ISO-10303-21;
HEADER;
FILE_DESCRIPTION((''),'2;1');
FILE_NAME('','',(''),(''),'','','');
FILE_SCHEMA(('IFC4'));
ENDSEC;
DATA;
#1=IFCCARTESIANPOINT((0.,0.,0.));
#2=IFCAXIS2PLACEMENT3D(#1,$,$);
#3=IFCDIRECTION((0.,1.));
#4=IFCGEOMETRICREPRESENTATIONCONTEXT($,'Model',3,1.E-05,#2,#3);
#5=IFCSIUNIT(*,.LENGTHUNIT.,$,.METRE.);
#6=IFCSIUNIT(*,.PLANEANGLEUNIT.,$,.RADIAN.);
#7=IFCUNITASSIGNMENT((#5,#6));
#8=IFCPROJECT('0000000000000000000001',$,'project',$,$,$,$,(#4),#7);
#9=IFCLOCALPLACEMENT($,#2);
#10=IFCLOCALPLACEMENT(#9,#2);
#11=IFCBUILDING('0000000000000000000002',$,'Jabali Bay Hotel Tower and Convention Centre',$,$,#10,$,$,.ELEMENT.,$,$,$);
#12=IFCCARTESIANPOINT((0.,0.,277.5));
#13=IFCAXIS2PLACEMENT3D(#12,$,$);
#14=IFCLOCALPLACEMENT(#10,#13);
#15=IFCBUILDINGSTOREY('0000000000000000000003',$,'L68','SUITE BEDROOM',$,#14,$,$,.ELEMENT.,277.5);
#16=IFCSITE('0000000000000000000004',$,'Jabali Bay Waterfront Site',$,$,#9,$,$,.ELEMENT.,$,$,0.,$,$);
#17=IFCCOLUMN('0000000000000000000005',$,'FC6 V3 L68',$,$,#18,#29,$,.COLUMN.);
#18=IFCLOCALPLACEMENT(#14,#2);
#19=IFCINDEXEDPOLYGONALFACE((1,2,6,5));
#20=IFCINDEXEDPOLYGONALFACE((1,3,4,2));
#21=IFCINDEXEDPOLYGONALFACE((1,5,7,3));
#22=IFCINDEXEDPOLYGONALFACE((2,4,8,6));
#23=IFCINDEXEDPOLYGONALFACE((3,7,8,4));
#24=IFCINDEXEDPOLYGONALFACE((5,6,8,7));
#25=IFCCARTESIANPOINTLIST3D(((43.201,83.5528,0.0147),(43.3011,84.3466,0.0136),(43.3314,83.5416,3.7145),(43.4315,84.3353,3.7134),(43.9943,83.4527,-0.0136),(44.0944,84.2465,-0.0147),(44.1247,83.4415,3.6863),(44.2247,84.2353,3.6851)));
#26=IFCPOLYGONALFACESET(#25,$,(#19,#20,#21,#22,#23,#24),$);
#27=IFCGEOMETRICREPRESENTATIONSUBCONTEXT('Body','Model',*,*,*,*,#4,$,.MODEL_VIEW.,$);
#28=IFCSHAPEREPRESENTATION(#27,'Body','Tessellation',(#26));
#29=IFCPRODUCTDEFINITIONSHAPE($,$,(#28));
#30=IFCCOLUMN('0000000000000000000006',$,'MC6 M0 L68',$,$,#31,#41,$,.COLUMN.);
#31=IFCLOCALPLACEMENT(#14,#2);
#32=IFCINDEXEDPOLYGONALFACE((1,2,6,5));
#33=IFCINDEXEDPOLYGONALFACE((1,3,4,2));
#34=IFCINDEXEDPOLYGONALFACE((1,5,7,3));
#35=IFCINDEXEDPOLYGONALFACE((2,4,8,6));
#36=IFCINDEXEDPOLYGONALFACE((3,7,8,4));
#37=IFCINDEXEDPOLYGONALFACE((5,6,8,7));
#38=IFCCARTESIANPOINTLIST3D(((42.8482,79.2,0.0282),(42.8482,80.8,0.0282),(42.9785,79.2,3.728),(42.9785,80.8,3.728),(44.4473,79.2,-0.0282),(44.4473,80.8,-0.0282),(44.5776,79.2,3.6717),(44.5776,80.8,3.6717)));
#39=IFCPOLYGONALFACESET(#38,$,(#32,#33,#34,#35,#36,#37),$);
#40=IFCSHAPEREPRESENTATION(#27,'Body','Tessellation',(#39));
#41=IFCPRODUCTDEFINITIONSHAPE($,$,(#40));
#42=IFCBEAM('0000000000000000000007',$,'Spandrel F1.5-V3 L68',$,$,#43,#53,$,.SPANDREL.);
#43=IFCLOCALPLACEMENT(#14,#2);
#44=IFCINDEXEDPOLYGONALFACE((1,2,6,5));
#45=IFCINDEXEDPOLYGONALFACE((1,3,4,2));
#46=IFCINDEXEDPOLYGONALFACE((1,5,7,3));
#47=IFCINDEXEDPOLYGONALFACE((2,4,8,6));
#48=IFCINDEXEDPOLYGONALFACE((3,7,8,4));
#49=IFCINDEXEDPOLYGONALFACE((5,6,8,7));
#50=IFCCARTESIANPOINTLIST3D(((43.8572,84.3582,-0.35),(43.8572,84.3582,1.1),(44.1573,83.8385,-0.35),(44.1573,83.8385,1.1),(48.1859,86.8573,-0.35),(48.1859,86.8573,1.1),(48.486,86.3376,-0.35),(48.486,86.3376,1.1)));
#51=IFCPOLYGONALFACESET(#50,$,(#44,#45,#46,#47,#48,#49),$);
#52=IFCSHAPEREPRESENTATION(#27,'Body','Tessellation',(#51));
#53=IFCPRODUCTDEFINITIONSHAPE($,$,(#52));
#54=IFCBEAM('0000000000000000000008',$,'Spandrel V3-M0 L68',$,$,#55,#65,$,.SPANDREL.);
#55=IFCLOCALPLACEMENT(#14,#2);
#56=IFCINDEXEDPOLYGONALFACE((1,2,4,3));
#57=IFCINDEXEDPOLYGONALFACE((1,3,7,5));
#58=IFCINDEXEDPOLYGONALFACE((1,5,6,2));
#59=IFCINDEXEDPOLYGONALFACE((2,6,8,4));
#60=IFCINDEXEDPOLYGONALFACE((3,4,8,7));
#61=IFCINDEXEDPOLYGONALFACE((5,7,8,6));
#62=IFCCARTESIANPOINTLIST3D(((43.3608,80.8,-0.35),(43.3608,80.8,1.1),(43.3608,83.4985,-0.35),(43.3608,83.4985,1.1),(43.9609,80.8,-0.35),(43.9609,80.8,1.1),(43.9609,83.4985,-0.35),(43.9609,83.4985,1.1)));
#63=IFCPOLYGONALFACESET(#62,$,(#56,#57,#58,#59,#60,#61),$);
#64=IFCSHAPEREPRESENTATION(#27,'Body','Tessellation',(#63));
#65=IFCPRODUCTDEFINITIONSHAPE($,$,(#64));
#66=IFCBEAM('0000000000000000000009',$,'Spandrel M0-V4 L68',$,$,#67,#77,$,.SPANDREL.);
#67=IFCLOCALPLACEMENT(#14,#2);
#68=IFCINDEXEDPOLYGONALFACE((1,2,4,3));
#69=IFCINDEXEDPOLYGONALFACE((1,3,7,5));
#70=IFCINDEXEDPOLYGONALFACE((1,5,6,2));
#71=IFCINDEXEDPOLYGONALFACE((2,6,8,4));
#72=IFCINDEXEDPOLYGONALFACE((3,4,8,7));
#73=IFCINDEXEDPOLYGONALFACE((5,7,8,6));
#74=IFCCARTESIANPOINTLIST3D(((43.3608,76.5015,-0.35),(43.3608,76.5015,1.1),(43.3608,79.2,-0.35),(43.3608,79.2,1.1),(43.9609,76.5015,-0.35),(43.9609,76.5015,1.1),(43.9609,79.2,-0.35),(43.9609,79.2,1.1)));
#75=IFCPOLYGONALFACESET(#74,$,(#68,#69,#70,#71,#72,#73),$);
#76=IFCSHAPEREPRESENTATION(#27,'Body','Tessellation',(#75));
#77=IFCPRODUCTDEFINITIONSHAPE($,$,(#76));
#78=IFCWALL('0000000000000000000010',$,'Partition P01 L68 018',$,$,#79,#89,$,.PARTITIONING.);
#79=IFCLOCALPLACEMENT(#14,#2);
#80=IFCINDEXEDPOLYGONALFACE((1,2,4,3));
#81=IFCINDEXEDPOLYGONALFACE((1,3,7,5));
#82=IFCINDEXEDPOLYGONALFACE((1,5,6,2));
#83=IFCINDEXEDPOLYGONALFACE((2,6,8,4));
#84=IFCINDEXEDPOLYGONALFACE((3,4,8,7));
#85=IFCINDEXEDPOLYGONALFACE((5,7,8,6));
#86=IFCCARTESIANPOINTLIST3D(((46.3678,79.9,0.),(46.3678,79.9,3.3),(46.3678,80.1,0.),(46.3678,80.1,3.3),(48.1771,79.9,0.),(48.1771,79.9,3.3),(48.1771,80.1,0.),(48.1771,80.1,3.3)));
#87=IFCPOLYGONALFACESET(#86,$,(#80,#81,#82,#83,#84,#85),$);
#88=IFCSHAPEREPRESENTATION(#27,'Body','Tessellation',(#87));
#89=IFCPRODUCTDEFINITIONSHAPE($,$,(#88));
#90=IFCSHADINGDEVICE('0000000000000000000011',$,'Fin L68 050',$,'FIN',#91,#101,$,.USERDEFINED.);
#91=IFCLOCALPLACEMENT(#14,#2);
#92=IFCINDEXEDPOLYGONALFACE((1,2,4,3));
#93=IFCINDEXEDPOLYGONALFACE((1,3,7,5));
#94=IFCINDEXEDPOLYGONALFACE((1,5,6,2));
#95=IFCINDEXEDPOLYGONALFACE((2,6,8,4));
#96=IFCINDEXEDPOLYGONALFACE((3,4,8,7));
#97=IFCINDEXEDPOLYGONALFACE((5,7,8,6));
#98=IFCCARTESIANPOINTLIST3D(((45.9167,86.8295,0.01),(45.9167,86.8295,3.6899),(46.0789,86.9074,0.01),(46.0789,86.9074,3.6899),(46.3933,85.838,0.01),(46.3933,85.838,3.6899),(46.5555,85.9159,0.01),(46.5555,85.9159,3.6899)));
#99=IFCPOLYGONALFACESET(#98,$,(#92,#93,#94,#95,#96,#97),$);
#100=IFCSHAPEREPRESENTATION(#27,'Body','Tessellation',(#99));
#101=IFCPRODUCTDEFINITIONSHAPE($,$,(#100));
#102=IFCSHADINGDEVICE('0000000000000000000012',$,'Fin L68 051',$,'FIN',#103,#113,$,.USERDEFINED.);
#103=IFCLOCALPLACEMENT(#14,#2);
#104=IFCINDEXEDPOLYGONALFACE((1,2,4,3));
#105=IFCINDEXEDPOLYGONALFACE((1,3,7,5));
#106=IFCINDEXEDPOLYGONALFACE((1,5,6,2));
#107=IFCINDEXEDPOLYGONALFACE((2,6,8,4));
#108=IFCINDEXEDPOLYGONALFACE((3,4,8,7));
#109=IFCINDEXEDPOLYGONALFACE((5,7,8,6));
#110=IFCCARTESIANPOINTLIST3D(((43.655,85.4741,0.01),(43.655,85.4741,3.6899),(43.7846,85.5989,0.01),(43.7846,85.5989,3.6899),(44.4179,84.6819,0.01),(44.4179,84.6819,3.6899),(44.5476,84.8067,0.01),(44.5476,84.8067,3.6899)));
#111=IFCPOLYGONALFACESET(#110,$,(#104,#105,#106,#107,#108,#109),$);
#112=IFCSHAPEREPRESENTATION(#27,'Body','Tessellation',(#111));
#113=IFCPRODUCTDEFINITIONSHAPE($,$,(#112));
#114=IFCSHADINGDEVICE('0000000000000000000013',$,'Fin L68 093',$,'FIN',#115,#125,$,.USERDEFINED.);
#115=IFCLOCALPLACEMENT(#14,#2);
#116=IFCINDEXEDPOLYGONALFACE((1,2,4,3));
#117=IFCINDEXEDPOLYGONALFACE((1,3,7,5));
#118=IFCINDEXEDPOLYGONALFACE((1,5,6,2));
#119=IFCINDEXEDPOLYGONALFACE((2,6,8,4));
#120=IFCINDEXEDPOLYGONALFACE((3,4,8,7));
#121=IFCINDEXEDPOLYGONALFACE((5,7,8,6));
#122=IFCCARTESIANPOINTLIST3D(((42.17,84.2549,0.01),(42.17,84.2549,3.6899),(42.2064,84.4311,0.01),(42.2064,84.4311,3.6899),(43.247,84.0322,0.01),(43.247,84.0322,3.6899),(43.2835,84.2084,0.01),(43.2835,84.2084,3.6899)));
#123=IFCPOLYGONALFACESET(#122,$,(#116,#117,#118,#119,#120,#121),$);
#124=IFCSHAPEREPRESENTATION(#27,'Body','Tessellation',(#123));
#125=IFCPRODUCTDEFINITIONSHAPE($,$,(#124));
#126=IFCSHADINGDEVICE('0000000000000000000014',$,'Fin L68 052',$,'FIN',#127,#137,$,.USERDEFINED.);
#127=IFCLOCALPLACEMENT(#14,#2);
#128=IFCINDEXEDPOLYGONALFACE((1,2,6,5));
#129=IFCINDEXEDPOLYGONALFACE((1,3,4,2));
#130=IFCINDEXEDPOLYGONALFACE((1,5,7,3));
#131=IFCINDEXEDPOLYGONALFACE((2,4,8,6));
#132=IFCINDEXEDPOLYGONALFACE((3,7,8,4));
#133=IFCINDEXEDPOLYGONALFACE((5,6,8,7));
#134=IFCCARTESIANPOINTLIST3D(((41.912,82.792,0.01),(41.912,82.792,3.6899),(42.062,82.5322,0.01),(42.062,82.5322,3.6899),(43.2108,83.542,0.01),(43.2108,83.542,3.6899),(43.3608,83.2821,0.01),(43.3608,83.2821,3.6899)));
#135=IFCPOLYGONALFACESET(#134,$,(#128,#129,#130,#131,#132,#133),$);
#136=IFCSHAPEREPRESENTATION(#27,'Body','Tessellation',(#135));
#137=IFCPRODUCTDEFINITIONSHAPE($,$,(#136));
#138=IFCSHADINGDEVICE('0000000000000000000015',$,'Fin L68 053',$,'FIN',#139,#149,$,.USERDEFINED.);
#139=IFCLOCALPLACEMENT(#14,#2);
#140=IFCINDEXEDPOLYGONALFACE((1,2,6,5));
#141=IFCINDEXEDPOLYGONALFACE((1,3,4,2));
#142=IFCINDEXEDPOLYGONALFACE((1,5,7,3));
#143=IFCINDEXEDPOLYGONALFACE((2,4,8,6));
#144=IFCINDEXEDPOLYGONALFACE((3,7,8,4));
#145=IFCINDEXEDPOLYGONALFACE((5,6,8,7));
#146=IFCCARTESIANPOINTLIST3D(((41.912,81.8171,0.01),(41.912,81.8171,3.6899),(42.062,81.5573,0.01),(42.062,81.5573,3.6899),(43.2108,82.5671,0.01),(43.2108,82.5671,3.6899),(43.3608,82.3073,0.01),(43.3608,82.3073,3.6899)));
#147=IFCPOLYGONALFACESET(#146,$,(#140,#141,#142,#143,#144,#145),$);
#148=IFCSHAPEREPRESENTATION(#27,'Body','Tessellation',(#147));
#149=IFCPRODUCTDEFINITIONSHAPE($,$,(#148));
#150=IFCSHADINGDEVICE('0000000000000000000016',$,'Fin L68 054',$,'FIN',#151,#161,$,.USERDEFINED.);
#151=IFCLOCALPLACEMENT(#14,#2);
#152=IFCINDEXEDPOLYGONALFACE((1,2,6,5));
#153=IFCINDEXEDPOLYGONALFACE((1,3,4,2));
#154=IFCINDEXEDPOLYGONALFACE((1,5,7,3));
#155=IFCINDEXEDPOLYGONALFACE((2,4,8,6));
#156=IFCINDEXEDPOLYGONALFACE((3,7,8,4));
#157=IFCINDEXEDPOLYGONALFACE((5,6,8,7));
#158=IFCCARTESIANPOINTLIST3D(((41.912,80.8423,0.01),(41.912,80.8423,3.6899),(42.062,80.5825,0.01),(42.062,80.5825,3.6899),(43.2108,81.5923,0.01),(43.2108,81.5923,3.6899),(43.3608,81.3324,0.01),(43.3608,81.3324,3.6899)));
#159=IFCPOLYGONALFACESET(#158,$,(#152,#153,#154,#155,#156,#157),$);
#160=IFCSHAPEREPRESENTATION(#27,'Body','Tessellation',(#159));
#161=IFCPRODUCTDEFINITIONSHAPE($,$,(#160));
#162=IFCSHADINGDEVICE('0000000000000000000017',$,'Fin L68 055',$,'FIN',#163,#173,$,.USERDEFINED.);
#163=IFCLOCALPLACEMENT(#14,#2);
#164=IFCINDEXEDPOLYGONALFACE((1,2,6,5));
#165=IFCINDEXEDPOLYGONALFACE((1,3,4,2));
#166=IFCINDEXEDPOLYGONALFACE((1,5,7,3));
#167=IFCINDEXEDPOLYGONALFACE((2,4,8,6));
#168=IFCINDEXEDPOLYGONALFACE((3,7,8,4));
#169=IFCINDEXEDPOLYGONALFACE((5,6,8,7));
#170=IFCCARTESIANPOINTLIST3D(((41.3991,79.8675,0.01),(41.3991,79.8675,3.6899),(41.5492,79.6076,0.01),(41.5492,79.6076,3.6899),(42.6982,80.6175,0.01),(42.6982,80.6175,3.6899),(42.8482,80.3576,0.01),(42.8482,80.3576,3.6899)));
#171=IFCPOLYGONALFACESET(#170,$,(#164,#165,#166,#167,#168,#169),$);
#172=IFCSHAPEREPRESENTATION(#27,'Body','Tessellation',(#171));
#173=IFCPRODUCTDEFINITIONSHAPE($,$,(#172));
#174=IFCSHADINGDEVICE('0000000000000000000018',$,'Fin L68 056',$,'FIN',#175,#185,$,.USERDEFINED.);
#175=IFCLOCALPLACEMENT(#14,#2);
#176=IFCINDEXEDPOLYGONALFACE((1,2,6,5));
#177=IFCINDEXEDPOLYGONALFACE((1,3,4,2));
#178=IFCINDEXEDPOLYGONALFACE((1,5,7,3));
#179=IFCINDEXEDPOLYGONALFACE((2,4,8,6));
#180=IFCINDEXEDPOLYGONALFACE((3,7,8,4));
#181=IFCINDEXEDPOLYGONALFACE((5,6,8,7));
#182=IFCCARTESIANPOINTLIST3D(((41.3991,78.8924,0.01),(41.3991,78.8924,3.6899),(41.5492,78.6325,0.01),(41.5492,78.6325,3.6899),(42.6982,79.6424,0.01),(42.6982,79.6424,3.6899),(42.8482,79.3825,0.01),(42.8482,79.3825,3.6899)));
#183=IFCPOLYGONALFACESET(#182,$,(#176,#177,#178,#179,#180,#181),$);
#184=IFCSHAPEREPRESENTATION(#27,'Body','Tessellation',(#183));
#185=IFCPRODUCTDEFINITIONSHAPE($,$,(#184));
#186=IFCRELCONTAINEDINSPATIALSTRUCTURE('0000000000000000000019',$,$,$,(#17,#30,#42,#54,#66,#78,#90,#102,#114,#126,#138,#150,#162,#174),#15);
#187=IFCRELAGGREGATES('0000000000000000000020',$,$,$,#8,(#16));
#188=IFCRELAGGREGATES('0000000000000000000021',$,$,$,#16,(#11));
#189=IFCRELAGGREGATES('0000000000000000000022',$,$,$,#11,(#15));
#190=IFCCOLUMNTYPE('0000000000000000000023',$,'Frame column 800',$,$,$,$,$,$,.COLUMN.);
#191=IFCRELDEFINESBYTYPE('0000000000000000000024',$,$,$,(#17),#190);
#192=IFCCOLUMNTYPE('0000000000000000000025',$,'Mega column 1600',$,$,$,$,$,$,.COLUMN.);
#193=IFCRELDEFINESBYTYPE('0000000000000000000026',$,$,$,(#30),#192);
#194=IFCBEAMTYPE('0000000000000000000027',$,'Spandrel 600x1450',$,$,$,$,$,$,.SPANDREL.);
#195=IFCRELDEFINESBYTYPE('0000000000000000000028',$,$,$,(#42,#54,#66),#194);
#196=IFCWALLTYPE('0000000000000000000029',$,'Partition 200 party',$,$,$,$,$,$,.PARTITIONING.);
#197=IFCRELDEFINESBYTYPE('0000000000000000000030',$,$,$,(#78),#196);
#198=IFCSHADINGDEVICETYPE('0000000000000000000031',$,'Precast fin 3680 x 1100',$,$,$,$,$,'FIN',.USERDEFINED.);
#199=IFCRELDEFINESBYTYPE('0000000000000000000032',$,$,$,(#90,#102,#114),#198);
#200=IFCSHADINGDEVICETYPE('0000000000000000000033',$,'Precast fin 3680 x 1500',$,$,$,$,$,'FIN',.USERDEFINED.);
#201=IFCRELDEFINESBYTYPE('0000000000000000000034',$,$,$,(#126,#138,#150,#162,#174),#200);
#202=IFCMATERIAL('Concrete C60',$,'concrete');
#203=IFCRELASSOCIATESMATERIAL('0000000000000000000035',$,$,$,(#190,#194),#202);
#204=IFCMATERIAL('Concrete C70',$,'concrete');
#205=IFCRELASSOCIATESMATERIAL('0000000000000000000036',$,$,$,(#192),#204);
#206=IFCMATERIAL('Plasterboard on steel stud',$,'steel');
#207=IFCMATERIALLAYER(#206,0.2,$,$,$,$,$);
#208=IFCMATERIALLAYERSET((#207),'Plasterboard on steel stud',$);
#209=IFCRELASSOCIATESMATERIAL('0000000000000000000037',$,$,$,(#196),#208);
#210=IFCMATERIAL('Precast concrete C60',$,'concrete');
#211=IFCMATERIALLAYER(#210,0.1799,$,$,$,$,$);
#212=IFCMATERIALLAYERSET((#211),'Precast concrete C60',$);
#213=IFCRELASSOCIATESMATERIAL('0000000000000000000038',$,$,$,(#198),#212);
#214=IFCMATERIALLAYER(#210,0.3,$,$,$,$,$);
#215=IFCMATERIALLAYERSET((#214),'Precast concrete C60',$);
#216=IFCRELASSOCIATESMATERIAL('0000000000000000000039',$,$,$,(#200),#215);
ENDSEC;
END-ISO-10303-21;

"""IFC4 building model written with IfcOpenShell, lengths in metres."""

from ifc_helpers import new_model, si_unit, direction, frame, frame_2d, origin, origin_2d, place, context, subcontext, project, spatial, rectangle, extrude, material, layer, layer_set, material_profile, profile_set, type_object, element, save


model = new_model("IFC4")

# Units and contexts
model_context = context("Model", 3, precision=1e-05, world=origin(), true_north=direction((0.0, 1.0)))
body_context = subcontext(model_context, "Body", "Model", "MODEL_VIEW")
ifc_project = project(units=[si_unit("LENGTHUNIT", "METRE"), si_unit("PLANEANGLEUNIT", "RADIAN")], contexts=[model_context])

# Site, building, storey
site_placement = place(None, origin())
site = spatial("IfcSite", under=ifc_project, at=site_placement, Name="Jabali Bay Waterfront Site", CompositionType="ELEMENT", RefElevation=0.0)
building_placement = place(site_placement, origin())
building = spatial("IfcBuilding", under=site, at=building_placement, Name="Jabali Bay Hotel Tower and Convention Centre", CompositionType="ELEMENT")
storey_placement = place(building_placement, frame((0.0, 0.0, 277.5)))
storey = spatial("IfcBuildingStorey", under=building, at=storey_placement, Name="L68", Description="SUITE BEDROOM", CompositionType="ELEMENT", Elevation=277.5)

# Columns
ifc_material_1 = material(Name="Concrete C60", Category="concrete")
ifc_material_profile_1 = material_profile(ifc_material_1, rectangle(XDim=0.8, YDim=0.8, at=origin_2d()), Name="Frame column 800")
ifc_profile_set_1 = profile_set([ifc_material_profile_1], Name="Concrete C60")
column_type_1 = type_object("IfcColumnType", Name="Frame column 800", PredefinedType="COLUMN", material=ifc_profile_set_1)
column_1_placement = place(storey_placement, frame((43.6477, 83.8997, 0.0), z_axis=(0.035214, -0.003033, 0.999375), x_axis=(-0.99152, 0.125064, 0.035317)))
element("IfcColumn", 1, at=column_1_placement, inside=storey, type_object=column_type_1, Name="FC6 V3 L68", PredefinedType="COLUMN", context=body_context, shape_type="SweptSolid", body=[
    extrude(rectangle(XDim=0.8, YDim=0.8, at=origin_2d()), origin(), (0.0, 0.0, 1.0), 3.7021),
])
ifc_material_2 = material(Name="Concrete C70", Category="concrete")
ifc_material_profile_2 = material_profile(ifc_material_2, rectangle(XDim=1.6001, YDim=1.6001, at=origin_2d()), Name="Mega column 1600")
ifc_profile_set_2 = profile_set([ifc_material_profile_2], Name="Concrete C70")
column_type_2 = type_object("IfcColumnType", Name="Mega column 1600", PredefinedType="COLUMN", material=ifc_profile_set_2)
column_2_placement = place(storey_placement, frame((43.6477, 80.0, 0.0), z_axis=(0.035214, 0.0, 0.99938), x_axis=(0.0, 1.0, 0.0)))
element("IfcColumn", 2, at=column_2_placement, inside=storey, type_object=column_type_2, Name="MC6 M0 L68", PredefinedType="COLUMN", context=body_context, shape_type="SweptSolid", body=[
    extrude(rectangle(XDim=1.6001, YDim=1.6001, at=origin_2d()), origin(), (0.0, 0.0, 1.0), 3.7021),
])

# Beams
ifc_material_profile_3 = material_profile(ifc_material_1, rectangle(XDim=0.6001, YDim=1.45, at=origin_2d()), Name="Spandrel 600x1450")
ifc_profile_set_3 = profile_set([ifc_material_profile_3], Name="Concrete C60")
beam_type = type_object("IfcBeamType", Name="Spandrel 600x1450", PredefinedType="SPANDREL", material=ifc_profile_set_3)
beam_placement = place(storey_placement, frame((48.3359, 86.5974, 0.375), z_axis=(-0.866034, -0.499985, 0.0), x_axis=(0.499985, -0.866034, 0.0)))
element("IfcBeam", 3, at=beam_placement, inside=storey, type_object=beam_type, Name="Spandrel F1.5-V3 L68", PredefinedType="SPANDREL", context=body_context, shape_type="SweptSolid", body=[
    extrude(rectangle(XDim=0.6001, YDim=1.45, at=origin_2d()), origin(), (0.0, 0.0, 1.0), 4.9983),
])
for number, where, z_axis, x_axis, name in (
    (4, (43.6609, 83.4985, 0.375), (0.0, -1.0, 0.0), (1.0, 0.0, 0.0), "Spandrel V3-M0 L68"),
    (5, (43.6609, 79.2, 0.375), (0.0, -1.0, 0.0), (1.0, 0.0, 0.0), "Spandrel M0-V4 L68"),
):
    element("IfcBeam", number, at=place(storey_placement, frame(where, z_axis=z_axis, x_axis=x_axis)), inside=storey, type_object=beam_type, Name=name, PredefinedType="SPANDREL", context=body_context, shape_type="SweptSolid", body=[
        extrude(rectangle(XDim=0.6001, YDim=1.45, at=origin_2d()), origin(), (0.0, 0.0, 1.0), 2.6985),
    ])

# Wall
ifc_material_3 = material(Name="Plasterboard on steel stud", Category="steel")
ifc_layer_1 = layer(ifc_material_3, 0.2)
ifc_layer_set_1 = layer_set([ifc_layer_1], Name="Plasterboard on steel stud")
wall_type_1 = type_object("IfcWallType", Name="Partition 200 party", PredefinedType="PARTITIONING", material=ifc_layer_set_1)
wall_1_placement = place(storey_placement, frame((46.3677, 80.0, 0.0), z_axis=(0.0, 0.0, 1.0), x_axis=(1.0, 0.0, 0.0)))
element("IfcWall", 6, at=wall_1_placement, inside=storey, type_object=wall_type_1, Name="Partition P01 L68 018", PredefinedType="PARTITIONING", context=body_context, shape_type="SweptSolid", body=[
    extrude(rectangle(XDim=1.8093, YDim=0.2, at=frame_2d((0.9048, 0.0))), origin(), (0.0, 0.0, 1.0), 3.3),
])

# Shading devices
ifc_material_4 = material(Name="Precast concrete C60", Category="concrete")
ifc_layer_2 = layer(ifc_material_4, 0.1799)
ifc_layer_set_2 = layer_set([ifc_layer_2], Name="Precast concrete C60")
shading_device_type_1 = type_object("IfcShadingDeviceType", Name="Precast fin 3680 x 1100", ElementType="FIN", PredefinedType="USERDEFINED", material=ifc_layer_set_2)
shading_device_placement = place(storey_placement, frame((46.4744, 85.877, 0.01), z_axis=(0.0, 0.0, 1.0), x_axis=(-0.433222, 0.901287, 0.0)))
element("IfcShadingDevice", 7, at=shading_device_placement, inside=storey, type_object=shading_device_type_1, Name="Fin L68 050", ObjectType="FIN", PredefinedType="USERDEFINED", context=body_context, shape_type="SweptSolid", body=[
    extrude(rectangle(XDim=1.1001, YDim=0.1799, at=frame_2d((0.55, 0.0))), origin(), (0.0, 0.0, 1.0), 3.6799),
])
for number, where, z_axis, x_axis, name in (
    (8, (44.4827, 84.7444, 0.01), (0.0, 0.0, 1.0), (-0.693663, 0.7203, 0.0), "Fin L68 051"),
    (9, (43.2651, 84.1204, 0.01), (0.0, 0.0, 1.0), (-0.979297, 0.202429, 0.0), "Fin L68 093"),
):
    element("IfcShadingDevice", number, at=place(storey_placement, frame(where, z_axis=z_axis, x_axis=x_axis)), inside=storey, type_object=shading_device_type_1, Name=name, ObjectType="FIN", PredefinedType="USERDEFINED", context=body_context, shape_type="SweptSolid", body=[
        extrude(rectangle(XDim=1.0999, YDim=0.1799, at=frame_2d((0.5498, 0.0))), origin(), (0.0, 0.0, 1.0), 3.6799),
    ])
ifc_layer_3 = layer(ifc_material_4, 0.3)
ifc_layer_set_3 = layer_set([ifc_layer_3], Name="Precast concrete C60")
shading_device_type_2 = type_object("IfcShadingDeviceType", Name="Precast fin 3680 x 1500", ElementType="FIN", PredefinedType="USERDEFINED", material=ifc_layer_set_3)
for number, where, z_axis, x_axis, name in (
    (10, (43.2859, 83.4121, 0.01), (0.0, 0.0, 1.0), (-0.86599, -0.500061, 0.0), "Fin L68 052"),
    (11, (43.2859, 82.4373, 0.01), (0.0, 0.0, 1.0), (-0.86599, -0.500061, 0.0), "Fin L68 053"),
    (12, (43.2859, 81.4624, 0.01), (0.0, 0.0, 1.0), (-0.86599, -0.500061, 0.0), "Fin L68 054"),
):
    element("IfcShadingDevice", number, at=place(storey_placement, frame(where, z_axis=z_axis, x_axis=x_axis)), inside=storey, type_object=shading_device_type_2, Name=name, ObjectType="FIN", PredefinedType="USERDEFINED", context=body_context, shape_type="SweptSolid", body=[
        extrude(rectangle(XDim=1.4998, YDim=0.3, at=frame_2d((0.75, 0.0))), origin(), (0.0, 0.0, 1.0), 3.6799),
    ])
for number, where, z_axis, x_axis, name in (
    (13, (42.7732, 80.4875, 0.01), (0.0, 0.0, 1.0), (-0.866031, -0.49999, 0.0), "Fin L68 055"),
    (14, (42.7732, 79.5125, 0.01), (0.0, 0.0, 1.0), (-0.866031, -0.49999, 0.0), "Fin L68 056"),
):
    element("IfcShadingDevice", number, at=place(storey_placement, frame(where, z_axis=z_axis, x_axis=x_axis)), inside=storey, type_object=shading_device_type_2, Name=name, ObjectType="FIN", PredefinedType="USERDEFINED", context=body_context, shape_type="SweptSolid", body=[
        extrude(rectangle(XDim=1.5, YDim=0.3, at=frame_2d((0.75, 0.0))), origin(), (0.0, 0.0, 1.0), 3.6799),
    ])

save(model, "model.ifc")
